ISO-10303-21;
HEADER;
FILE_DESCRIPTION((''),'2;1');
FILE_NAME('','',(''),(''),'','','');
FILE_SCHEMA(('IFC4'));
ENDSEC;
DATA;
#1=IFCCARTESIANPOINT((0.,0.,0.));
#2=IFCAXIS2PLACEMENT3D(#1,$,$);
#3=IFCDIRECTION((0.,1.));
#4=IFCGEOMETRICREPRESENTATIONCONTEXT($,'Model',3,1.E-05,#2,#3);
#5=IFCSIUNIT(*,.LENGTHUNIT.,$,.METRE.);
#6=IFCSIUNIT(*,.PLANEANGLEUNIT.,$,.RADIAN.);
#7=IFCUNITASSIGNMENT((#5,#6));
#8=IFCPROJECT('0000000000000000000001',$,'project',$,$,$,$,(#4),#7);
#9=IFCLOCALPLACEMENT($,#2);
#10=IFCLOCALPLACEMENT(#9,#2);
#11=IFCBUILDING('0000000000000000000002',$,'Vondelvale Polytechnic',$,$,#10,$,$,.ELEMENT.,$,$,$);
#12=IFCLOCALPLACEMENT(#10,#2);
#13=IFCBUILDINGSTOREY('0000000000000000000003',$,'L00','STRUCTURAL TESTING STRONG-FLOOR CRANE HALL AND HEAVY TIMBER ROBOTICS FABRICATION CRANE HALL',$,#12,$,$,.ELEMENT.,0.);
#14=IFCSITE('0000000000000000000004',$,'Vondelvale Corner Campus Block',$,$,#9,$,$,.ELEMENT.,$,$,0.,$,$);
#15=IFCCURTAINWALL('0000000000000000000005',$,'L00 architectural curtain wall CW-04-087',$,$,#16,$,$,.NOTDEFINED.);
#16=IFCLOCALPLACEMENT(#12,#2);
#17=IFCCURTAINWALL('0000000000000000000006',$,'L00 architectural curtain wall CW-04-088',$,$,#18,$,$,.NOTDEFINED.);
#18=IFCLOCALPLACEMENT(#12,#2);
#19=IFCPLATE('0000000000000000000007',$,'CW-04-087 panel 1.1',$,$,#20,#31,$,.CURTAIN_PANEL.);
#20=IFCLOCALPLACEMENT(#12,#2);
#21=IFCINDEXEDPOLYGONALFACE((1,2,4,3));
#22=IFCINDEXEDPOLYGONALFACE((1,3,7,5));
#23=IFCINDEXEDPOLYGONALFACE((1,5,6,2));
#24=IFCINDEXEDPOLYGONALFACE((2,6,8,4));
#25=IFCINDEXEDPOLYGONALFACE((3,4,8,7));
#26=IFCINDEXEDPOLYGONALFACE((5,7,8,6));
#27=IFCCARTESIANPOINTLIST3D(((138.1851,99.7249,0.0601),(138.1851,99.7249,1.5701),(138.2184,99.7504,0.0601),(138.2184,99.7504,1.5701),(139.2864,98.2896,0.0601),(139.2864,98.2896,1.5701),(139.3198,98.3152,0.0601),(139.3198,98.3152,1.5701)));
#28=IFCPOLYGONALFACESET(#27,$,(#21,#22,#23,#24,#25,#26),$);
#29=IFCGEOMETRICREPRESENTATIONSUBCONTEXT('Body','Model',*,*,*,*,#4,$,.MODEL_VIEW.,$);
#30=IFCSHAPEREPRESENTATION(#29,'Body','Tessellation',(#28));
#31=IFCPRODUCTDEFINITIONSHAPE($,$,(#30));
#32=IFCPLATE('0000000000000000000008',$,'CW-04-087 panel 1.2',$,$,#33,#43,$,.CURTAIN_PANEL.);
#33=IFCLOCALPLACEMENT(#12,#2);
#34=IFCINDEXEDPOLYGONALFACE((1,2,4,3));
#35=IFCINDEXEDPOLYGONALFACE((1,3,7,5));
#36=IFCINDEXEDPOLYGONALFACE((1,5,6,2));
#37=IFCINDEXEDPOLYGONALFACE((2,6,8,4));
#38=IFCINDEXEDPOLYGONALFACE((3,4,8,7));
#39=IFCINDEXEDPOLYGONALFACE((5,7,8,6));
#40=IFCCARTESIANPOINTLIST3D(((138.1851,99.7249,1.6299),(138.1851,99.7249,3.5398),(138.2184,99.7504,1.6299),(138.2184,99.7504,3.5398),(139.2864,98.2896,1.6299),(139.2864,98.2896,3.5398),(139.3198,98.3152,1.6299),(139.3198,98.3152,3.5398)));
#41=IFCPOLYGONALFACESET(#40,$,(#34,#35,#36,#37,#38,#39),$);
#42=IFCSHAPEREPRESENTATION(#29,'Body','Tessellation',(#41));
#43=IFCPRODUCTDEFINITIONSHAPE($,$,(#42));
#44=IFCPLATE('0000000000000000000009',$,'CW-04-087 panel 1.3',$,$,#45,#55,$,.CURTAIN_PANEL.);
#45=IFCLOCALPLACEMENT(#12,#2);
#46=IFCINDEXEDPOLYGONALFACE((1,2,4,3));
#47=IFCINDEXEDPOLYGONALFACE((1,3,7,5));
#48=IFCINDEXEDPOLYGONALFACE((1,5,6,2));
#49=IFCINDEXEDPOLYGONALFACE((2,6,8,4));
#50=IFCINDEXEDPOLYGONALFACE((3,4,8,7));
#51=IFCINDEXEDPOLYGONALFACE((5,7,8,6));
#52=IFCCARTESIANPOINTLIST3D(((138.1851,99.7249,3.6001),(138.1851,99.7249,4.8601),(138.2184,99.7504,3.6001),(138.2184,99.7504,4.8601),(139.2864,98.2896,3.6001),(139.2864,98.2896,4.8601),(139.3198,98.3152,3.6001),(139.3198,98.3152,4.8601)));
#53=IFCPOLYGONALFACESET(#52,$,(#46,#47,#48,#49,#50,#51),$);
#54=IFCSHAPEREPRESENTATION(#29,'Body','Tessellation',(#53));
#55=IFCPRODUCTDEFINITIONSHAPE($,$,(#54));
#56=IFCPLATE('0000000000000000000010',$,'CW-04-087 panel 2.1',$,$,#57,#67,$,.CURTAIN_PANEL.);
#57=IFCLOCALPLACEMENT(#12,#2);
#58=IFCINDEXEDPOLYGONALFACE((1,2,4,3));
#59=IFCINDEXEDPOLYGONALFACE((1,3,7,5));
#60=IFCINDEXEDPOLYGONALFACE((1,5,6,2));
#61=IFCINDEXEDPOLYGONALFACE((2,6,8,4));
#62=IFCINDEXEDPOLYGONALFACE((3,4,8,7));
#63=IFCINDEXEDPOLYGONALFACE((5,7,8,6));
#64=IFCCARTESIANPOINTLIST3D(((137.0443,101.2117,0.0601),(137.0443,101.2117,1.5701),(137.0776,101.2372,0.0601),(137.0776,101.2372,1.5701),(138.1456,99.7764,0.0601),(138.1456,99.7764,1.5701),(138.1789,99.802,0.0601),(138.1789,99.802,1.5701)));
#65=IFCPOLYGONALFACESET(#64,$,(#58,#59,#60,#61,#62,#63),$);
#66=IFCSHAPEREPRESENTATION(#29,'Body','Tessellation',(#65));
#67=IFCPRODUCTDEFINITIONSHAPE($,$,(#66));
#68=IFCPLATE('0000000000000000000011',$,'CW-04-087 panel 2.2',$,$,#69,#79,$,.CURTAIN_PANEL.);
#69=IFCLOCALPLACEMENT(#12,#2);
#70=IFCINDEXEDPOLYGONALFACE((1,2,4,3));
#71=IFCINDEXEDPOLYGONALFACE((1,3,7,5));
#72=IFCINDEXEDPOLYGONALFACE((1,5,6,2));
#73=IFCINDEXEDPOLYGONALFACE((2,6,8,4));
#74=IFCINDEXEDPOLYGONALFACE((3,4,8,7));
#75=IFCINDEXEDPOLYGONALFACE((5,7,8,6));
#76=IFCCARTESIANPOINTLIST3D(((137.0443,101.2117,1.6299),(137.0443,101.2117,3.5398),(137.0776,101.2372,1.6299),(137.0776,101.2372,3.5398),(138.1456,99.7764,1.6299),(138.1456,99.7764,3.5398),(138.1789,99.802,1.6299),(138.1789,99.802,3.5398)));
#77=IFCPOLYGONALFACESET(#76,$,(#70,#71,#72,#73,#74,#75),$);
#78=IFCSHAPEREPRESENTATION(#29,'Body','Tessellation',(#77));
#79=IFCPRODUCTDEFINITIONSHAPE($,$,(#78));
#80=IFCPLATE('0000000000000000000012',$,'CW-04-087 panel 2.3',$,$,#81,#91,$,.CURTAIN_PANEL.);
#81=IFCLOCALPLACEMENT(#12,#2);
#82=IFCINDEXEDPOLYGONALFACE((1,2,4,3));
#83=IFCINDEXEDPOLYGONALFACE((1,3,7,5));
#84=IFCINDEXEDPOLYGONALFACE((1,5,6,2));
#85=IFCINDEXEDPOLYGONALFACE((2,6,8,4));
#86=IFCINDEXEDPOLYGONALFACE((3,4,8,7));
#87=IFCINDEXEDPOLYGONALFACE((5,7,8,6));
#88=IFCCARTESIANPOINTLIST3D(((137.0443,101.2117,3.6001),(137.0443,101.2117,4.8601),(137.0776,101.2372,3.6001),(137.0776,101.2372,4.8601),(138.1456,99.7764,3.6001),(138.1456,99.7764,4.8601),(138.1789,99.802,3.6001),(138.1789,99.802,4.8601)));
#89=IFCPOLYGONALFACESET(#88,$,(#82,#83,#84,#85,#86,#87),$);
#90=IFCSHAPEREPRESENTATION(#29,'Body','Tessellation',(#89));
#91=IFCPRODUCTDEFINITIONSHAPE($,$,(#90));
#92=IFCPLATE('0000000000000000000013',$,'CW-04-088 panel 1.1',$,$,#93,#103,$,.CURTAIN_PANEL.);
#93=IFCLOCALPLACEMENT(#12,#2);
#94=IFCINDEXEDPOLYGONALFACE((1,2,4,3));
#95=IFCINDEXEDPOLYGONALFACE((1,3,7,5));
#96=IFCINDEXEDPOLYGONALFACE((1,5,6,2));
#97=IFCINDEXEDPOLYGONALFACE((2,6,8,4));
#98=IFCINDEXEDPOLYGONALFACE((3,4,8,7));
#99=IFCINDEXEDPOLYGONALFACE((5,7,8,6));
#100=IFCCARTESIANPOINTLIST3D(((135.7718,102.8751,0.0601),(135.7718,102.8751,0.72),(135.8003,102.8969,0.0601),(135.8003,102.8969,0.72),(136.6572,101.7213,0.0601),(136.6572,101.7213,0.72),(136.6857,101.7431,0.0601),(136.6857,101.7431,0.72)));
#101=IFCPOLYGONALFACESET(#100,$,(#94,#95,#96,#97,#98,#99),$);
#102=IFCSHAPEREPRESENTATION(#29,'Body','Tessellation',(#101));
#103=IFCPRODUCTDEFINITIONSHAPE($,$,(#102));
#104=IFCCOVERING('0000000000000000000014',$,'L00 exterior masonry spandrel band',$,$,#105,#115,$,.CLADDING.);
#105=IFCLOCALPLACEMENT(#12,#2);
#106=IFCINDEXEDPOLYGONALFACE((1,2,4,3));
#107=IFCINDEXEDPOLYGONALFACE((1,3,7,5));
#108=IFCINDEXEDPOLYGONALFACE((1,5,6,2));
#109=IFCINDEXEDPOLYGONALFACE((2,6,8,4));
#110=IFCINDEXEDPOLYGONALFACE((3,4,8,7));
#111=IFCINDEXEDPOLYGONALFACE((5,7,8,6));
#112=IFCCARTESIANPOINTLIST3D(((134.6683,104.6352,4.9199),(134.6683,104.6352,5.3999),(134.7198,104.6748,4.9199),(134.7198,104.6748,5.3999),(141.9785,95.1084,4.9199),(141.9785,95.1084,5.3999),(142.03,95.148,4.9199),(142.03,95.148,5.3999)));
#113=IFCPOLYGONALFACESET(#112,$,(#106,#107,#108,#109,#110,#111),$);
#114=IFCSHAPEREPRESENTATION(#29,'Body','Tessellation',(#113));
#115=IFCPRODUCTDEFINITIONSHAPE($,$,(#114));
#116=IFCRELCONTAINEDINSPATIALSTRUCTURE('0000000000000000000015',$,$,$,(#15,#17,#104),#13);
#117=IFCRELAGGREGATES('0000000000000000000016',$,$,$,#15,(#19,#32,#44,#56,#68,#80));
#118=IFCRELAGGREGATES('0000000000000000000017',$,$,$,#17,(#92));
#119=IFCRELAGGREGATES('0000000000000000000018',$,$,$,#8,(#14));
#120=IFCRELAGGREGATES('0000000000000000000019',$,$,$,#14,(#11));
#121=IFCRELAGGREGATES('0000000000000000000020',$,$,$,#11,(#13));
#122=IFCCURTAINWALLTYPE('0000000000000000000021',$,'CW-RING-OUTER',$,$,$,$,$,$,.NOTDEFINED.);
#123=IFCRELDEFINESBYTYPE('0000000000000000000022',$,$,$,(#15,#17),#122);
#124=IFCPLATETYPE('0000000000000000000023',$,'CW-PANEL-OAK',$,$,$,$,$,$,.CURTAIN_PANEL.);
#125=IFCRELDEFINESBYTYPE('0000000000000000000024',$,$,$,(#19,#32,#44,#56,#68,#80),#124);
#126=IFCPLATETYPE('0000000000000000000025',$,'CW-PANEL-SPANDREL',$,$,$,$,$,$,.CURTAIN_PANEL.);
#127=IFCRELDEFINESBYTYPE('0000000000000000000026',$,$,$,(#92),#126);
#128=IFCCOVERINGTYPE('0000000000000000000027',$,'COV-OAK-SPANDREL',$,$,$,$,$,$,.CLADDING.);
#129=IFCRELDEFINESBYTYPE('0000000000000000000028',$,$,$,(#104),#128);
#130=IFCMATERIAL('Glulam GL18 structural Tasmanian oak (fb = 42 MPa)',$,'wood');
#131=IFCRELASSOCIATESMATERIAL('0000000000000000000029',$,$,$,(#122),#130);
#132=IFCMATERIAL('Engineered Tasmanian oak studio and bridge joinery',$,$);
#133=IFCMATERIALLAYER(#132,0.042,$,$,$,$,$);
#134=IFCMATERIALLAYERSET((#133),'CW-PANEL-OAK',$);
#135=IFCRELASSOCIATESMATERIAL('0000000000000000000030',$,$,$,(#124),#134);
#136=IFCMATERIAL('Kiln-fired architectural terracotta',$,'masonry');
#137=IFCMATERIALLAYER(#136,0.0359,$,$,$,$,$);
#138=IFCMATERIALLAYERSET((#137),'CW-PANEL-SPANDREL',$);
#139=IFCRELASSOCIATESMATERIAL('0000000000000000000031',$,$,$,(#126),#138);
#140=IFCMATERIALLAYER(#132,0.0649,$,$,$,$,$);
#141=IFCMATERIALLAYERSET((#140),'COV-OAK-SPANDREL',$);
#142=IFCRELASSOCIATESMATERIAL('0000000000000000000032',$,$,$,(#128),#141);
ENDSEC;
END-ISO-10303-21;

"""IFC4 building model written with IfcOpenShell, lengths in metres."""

from ifc_helpers import new_model, si_unit, direction, frame, origin, origin_2d, place, context, subcontext, project, spatial, rectangle, extrude, material, layer, layer_set, type_object, element, aggregate, save


model = new_model("IFC4")

# Units and contexts
model_context = context("Model", 3, precision=1e-05, world=origin(), true_north=direction((0.0, 1.0)))
body_context = subcontext(model_context, "Body", "Model", "MODEL_VIEW")
ifc_project = project(units=[si_unit("LENGTHUNIT", "METRE"), si_unit("PLANEANGLEUNIT", "RADIAN")], contexts=[model_context])

# Site, building, storey
site_placement = place(None, origin())
site = spatial("IfcSite", under=ifc_project, at=site_placement, Name="Vondelvale Corner Campus Block", CompositionType="ELEMENT", RefElevation=0.0)
building_placement = place(site_placement, origin())
building = spatial("IfcBuilding", under=site, at=building_placement, Name="Vondelvale Polytechnic", CompositionType="ELEMENT")
storey_placement = place(building_placement, origin())
storey = spatial("IfcBuildingStorey", under=building, at=storey_placement, Name="L00", Description="STRUCTURAL TESTING STRONG-FLOOR CRANE HALL AND HEAVY TIMBER ROBOTICS FABRICATION CRANE HALL", CompositionType="ELEMENT", Elevation=0.0)

# Shared definitions
ifc_material_1 = material(Name="Glulam GL18 structural Tasmanian oak (fb = 42 MPa)", Category="wood")

# Curtain wall
curtain_wall_type = type_object("IfcCurtainWallType", Name="CW-RING-OUTER", PredefinedType="NOTDEFINED", material=ifc_material_1)
curtain_wall_1_placement = place(storey_placement, origin())
curtain_wall_1 = element("IfcCurtainWall", 1, at=curtain_wall_1_placement, inside=storey, type_object=curtain_wall_type, Name="L00 architectural curtain wall CW-04-087", PredefinedType="NOTDEFINED")

# Curtain wall
curtain_wall_2_placement = place(storey_placement, origin())
curtain_wall_2 = element("IfcCurtainWall", 2, at=curtain_wall_2_placement, inside=storey, type_object=curtain_wall_type, Name="L00 architectural curtain wall CW-04-088", PredefinedType="NOTDEFINED")

# Plates
ifc_material_2 = material(Name="Engineered Tasmanian oak studio and bridge joinery")
ifc_layer_1 = layer(ifc_material_2, 0.042)
ifc_layer_set_1 = layer_set([ifc_layer_1], Name="CW-PANEL-OAK")
plate_type_1 = type_object("IfcPlateType", Name="CW-PANEL-OAK", PredefinedType="CURTAIN_PANEL", material=ifc_layer_set_1)
plate_1_placement = place(storey_placement, frame((138.7524, 99.02, 0.0601), z_axis=(0.0, 0.0, 1.0), x_axis=(-0.608771, 0.793346, 0.0)))
plate_1 = element("IfcPlate", 3, at=plate_1_placement, type_object=plate_type_1, Name="CW-04-087 panel 1.1", PredefinedType="CURTAIN_PANEL", context=body_context, shape_type="SweptSolid", body=[
    extrude(rectangle(XDim=1.8091, YDim=0.042, at=origin_2d()), origin(), (0.0, 0.0, 1.0), 1.51),
])
plate_2_placement = place(storey_placement, frame((138.7524, 99.02, 1.6299), z_axis=(0.0, 0.0, 1.0), x_axis=(-0.608771, 0.793346, 0.0)))
plate_2 = element("IfcPlate", 4, at=plate_2_placement, type_object=plate_type_1, Name="CW-04-087 panel 1.2", PredefinedType="CURTAIN_PANEL", context=body_context, shape_type="SweptSolid", body=[
    extrude(rectangle(XDim=1.8091, YDim=0.042, at=origin_2d()), origin(), (0.0, 0.0, 1.0), 1.9099),
])
plate_3_placement = place(storey_placement, frame((138.7524, 99.02, 3.6001), z_axis=(0.0, 0.0, 1.0), x_axis=(-0.608771, 0.793346, 0.0)))
plate_3 = element("IfcPlate", 5, at=plate_3_placement, type_object=plate_type_1, Name="CW-04-087 panel 1.3", PredefinedType="CURTAIN_PANEL", context=body_context, shape_type="SweptSolid", body=[
    extrude(rectangle(XDim=1.8091, YDim=0.042, at=origin_2d()), origin(), (0.0, 0.0, 1.0), 1.26),
])
plate_4_placement = place(storey_placement, frame((137.6116, 100.5068, 0.0601), z_axis=(0.0, 0.0, 1.0), x_axis=(-0.608771, 0.793346, 0.0)))
plate_4 = element("IfcPlate", 6, at=plate_4_placement, type_object=plate_type_1, Name="CW-04-087 panel 2.1", PredefinedType="CURTAIN_PANEL", context=body_context, shape_type="SweptSolid", body=[
    extrude(rectangle(XDim=1.8091, YDim=0.042, at=origin_2d()), origin(), (0.0, 0.0, 1.0), 1.51),
])
plate_5_placement = place(storey_placement, frame((137.6116, 100.5068, 1.6299), z_axis=(0.0, 0.0, 1.0), x_axis=(-0.608771, 0.793346, 0.0)))
plate_5 = element("IfcPlate", 7, at=plate_5_placement, type_object=plate_type_1, Name="CW-04-087 panel 2.2", PredefinedType="CURTAIN_PANEL", context=body_context, shape_type="SweptSolid", body=[
    extrude(rectangle(XDim=1.8091, YDim=0.042, at=origin_2d()), origin(), (0.0, 0.0, 1.0), 1.9099),
])
plate_6_placement = place(storey_placement, frame((137.6116, 100.5068, 3.6001), z_axis=(0.0, 0.0, 1.0), x_axis=(-0.608771, 0.793346, 0.0)))
plate_6 = element("IfcPlate", 8, at=plate_6_placement, type_object=plate_type_1, Name="CW-04-087 panel 2.3", PredefinedType="CURTAIN_PANEL", context=body_context, shape_type="SweptSolid", body=[
    extrude(rectangle(XDim=1.8091, YDim=0.042, at=origin_2d()), origin(), (0.0, 0.0, 1.0), 1.26),
])
aggregate(curtain_wall_1, [plate_1, plate_2, plate_3, plate_4, plate_5, plate_6])
ifc_material_3 = material(Name="Kiln-fired architectural terracotta", Category="masonry")
ifc_layer_2 = layer(ifc_material_3, 0.0359)
ifc_layer_set_2 = layer_set([ifc_layer_2], Name="CW-PANEL-SPANDREL")
plate_type_2 = type_object("IfcPlateType", Name="CW-PANEL-SPANDREL", PredefinedType="CURTAIN_PANEL", material=ifc_layer_set_2)
plate_7_placement = place(storey_placement, frame((136.2288, 102.3091, 0.0601), z_axis=(0.0, 0.0, 1.0), x_axis=(-0.608764, 0.793352, 0.0)))
plate_7 = element("IfcPlate", 9, at=plate_7_placement, type_object=plate_type_2, Name="CW-04-088 panel 1.1", PredefinedType="CURTAIN_PANEL", context=body_context, shape_type="SweptSolid", body=[
    extrude(rectangle(XDim=1.4543, YDim=0.0359, at=origin_2d()), origin(), (0.0, 0.0, 1.0), 0.6599),
])
aggregate(curtain_wall_2, [plate_7])

# Covering
ifc_layer_3 = layer(ifc_material_2, 0.0649)
ifc_layer_set_3 = layer_set([ifc_layer_3], Name="COV-OAK-SPANDREL")
covering_type = type_object("IfcCoveringType", Name="COV-OAK-SPANDREL", PredefinedType="CLADDING", material=ifc_layer_set_3)
covering_placement = place(storey_placement, frame((138.3491, 99.8916, 4.9199), z_axis=(0.0, 0.0, 1.0), x_axis=(-0.608761, 0.793353, 0.0)))
element("IfcCovering", 10, at=covering_placement, inside=storey, type_object=covering_type, Name="L00 exterior masonry spandrel band", PredefinedType="CLADDING", context=body_context, shape_type="SweptSolid", body=[
    extrude(rectangle(XDim=12.0083, YDim=0.0649, at=origin_2d()), origin(), (0.0, 0.0, 1.0), 0.48),
])

save(model, "model.ifc")
